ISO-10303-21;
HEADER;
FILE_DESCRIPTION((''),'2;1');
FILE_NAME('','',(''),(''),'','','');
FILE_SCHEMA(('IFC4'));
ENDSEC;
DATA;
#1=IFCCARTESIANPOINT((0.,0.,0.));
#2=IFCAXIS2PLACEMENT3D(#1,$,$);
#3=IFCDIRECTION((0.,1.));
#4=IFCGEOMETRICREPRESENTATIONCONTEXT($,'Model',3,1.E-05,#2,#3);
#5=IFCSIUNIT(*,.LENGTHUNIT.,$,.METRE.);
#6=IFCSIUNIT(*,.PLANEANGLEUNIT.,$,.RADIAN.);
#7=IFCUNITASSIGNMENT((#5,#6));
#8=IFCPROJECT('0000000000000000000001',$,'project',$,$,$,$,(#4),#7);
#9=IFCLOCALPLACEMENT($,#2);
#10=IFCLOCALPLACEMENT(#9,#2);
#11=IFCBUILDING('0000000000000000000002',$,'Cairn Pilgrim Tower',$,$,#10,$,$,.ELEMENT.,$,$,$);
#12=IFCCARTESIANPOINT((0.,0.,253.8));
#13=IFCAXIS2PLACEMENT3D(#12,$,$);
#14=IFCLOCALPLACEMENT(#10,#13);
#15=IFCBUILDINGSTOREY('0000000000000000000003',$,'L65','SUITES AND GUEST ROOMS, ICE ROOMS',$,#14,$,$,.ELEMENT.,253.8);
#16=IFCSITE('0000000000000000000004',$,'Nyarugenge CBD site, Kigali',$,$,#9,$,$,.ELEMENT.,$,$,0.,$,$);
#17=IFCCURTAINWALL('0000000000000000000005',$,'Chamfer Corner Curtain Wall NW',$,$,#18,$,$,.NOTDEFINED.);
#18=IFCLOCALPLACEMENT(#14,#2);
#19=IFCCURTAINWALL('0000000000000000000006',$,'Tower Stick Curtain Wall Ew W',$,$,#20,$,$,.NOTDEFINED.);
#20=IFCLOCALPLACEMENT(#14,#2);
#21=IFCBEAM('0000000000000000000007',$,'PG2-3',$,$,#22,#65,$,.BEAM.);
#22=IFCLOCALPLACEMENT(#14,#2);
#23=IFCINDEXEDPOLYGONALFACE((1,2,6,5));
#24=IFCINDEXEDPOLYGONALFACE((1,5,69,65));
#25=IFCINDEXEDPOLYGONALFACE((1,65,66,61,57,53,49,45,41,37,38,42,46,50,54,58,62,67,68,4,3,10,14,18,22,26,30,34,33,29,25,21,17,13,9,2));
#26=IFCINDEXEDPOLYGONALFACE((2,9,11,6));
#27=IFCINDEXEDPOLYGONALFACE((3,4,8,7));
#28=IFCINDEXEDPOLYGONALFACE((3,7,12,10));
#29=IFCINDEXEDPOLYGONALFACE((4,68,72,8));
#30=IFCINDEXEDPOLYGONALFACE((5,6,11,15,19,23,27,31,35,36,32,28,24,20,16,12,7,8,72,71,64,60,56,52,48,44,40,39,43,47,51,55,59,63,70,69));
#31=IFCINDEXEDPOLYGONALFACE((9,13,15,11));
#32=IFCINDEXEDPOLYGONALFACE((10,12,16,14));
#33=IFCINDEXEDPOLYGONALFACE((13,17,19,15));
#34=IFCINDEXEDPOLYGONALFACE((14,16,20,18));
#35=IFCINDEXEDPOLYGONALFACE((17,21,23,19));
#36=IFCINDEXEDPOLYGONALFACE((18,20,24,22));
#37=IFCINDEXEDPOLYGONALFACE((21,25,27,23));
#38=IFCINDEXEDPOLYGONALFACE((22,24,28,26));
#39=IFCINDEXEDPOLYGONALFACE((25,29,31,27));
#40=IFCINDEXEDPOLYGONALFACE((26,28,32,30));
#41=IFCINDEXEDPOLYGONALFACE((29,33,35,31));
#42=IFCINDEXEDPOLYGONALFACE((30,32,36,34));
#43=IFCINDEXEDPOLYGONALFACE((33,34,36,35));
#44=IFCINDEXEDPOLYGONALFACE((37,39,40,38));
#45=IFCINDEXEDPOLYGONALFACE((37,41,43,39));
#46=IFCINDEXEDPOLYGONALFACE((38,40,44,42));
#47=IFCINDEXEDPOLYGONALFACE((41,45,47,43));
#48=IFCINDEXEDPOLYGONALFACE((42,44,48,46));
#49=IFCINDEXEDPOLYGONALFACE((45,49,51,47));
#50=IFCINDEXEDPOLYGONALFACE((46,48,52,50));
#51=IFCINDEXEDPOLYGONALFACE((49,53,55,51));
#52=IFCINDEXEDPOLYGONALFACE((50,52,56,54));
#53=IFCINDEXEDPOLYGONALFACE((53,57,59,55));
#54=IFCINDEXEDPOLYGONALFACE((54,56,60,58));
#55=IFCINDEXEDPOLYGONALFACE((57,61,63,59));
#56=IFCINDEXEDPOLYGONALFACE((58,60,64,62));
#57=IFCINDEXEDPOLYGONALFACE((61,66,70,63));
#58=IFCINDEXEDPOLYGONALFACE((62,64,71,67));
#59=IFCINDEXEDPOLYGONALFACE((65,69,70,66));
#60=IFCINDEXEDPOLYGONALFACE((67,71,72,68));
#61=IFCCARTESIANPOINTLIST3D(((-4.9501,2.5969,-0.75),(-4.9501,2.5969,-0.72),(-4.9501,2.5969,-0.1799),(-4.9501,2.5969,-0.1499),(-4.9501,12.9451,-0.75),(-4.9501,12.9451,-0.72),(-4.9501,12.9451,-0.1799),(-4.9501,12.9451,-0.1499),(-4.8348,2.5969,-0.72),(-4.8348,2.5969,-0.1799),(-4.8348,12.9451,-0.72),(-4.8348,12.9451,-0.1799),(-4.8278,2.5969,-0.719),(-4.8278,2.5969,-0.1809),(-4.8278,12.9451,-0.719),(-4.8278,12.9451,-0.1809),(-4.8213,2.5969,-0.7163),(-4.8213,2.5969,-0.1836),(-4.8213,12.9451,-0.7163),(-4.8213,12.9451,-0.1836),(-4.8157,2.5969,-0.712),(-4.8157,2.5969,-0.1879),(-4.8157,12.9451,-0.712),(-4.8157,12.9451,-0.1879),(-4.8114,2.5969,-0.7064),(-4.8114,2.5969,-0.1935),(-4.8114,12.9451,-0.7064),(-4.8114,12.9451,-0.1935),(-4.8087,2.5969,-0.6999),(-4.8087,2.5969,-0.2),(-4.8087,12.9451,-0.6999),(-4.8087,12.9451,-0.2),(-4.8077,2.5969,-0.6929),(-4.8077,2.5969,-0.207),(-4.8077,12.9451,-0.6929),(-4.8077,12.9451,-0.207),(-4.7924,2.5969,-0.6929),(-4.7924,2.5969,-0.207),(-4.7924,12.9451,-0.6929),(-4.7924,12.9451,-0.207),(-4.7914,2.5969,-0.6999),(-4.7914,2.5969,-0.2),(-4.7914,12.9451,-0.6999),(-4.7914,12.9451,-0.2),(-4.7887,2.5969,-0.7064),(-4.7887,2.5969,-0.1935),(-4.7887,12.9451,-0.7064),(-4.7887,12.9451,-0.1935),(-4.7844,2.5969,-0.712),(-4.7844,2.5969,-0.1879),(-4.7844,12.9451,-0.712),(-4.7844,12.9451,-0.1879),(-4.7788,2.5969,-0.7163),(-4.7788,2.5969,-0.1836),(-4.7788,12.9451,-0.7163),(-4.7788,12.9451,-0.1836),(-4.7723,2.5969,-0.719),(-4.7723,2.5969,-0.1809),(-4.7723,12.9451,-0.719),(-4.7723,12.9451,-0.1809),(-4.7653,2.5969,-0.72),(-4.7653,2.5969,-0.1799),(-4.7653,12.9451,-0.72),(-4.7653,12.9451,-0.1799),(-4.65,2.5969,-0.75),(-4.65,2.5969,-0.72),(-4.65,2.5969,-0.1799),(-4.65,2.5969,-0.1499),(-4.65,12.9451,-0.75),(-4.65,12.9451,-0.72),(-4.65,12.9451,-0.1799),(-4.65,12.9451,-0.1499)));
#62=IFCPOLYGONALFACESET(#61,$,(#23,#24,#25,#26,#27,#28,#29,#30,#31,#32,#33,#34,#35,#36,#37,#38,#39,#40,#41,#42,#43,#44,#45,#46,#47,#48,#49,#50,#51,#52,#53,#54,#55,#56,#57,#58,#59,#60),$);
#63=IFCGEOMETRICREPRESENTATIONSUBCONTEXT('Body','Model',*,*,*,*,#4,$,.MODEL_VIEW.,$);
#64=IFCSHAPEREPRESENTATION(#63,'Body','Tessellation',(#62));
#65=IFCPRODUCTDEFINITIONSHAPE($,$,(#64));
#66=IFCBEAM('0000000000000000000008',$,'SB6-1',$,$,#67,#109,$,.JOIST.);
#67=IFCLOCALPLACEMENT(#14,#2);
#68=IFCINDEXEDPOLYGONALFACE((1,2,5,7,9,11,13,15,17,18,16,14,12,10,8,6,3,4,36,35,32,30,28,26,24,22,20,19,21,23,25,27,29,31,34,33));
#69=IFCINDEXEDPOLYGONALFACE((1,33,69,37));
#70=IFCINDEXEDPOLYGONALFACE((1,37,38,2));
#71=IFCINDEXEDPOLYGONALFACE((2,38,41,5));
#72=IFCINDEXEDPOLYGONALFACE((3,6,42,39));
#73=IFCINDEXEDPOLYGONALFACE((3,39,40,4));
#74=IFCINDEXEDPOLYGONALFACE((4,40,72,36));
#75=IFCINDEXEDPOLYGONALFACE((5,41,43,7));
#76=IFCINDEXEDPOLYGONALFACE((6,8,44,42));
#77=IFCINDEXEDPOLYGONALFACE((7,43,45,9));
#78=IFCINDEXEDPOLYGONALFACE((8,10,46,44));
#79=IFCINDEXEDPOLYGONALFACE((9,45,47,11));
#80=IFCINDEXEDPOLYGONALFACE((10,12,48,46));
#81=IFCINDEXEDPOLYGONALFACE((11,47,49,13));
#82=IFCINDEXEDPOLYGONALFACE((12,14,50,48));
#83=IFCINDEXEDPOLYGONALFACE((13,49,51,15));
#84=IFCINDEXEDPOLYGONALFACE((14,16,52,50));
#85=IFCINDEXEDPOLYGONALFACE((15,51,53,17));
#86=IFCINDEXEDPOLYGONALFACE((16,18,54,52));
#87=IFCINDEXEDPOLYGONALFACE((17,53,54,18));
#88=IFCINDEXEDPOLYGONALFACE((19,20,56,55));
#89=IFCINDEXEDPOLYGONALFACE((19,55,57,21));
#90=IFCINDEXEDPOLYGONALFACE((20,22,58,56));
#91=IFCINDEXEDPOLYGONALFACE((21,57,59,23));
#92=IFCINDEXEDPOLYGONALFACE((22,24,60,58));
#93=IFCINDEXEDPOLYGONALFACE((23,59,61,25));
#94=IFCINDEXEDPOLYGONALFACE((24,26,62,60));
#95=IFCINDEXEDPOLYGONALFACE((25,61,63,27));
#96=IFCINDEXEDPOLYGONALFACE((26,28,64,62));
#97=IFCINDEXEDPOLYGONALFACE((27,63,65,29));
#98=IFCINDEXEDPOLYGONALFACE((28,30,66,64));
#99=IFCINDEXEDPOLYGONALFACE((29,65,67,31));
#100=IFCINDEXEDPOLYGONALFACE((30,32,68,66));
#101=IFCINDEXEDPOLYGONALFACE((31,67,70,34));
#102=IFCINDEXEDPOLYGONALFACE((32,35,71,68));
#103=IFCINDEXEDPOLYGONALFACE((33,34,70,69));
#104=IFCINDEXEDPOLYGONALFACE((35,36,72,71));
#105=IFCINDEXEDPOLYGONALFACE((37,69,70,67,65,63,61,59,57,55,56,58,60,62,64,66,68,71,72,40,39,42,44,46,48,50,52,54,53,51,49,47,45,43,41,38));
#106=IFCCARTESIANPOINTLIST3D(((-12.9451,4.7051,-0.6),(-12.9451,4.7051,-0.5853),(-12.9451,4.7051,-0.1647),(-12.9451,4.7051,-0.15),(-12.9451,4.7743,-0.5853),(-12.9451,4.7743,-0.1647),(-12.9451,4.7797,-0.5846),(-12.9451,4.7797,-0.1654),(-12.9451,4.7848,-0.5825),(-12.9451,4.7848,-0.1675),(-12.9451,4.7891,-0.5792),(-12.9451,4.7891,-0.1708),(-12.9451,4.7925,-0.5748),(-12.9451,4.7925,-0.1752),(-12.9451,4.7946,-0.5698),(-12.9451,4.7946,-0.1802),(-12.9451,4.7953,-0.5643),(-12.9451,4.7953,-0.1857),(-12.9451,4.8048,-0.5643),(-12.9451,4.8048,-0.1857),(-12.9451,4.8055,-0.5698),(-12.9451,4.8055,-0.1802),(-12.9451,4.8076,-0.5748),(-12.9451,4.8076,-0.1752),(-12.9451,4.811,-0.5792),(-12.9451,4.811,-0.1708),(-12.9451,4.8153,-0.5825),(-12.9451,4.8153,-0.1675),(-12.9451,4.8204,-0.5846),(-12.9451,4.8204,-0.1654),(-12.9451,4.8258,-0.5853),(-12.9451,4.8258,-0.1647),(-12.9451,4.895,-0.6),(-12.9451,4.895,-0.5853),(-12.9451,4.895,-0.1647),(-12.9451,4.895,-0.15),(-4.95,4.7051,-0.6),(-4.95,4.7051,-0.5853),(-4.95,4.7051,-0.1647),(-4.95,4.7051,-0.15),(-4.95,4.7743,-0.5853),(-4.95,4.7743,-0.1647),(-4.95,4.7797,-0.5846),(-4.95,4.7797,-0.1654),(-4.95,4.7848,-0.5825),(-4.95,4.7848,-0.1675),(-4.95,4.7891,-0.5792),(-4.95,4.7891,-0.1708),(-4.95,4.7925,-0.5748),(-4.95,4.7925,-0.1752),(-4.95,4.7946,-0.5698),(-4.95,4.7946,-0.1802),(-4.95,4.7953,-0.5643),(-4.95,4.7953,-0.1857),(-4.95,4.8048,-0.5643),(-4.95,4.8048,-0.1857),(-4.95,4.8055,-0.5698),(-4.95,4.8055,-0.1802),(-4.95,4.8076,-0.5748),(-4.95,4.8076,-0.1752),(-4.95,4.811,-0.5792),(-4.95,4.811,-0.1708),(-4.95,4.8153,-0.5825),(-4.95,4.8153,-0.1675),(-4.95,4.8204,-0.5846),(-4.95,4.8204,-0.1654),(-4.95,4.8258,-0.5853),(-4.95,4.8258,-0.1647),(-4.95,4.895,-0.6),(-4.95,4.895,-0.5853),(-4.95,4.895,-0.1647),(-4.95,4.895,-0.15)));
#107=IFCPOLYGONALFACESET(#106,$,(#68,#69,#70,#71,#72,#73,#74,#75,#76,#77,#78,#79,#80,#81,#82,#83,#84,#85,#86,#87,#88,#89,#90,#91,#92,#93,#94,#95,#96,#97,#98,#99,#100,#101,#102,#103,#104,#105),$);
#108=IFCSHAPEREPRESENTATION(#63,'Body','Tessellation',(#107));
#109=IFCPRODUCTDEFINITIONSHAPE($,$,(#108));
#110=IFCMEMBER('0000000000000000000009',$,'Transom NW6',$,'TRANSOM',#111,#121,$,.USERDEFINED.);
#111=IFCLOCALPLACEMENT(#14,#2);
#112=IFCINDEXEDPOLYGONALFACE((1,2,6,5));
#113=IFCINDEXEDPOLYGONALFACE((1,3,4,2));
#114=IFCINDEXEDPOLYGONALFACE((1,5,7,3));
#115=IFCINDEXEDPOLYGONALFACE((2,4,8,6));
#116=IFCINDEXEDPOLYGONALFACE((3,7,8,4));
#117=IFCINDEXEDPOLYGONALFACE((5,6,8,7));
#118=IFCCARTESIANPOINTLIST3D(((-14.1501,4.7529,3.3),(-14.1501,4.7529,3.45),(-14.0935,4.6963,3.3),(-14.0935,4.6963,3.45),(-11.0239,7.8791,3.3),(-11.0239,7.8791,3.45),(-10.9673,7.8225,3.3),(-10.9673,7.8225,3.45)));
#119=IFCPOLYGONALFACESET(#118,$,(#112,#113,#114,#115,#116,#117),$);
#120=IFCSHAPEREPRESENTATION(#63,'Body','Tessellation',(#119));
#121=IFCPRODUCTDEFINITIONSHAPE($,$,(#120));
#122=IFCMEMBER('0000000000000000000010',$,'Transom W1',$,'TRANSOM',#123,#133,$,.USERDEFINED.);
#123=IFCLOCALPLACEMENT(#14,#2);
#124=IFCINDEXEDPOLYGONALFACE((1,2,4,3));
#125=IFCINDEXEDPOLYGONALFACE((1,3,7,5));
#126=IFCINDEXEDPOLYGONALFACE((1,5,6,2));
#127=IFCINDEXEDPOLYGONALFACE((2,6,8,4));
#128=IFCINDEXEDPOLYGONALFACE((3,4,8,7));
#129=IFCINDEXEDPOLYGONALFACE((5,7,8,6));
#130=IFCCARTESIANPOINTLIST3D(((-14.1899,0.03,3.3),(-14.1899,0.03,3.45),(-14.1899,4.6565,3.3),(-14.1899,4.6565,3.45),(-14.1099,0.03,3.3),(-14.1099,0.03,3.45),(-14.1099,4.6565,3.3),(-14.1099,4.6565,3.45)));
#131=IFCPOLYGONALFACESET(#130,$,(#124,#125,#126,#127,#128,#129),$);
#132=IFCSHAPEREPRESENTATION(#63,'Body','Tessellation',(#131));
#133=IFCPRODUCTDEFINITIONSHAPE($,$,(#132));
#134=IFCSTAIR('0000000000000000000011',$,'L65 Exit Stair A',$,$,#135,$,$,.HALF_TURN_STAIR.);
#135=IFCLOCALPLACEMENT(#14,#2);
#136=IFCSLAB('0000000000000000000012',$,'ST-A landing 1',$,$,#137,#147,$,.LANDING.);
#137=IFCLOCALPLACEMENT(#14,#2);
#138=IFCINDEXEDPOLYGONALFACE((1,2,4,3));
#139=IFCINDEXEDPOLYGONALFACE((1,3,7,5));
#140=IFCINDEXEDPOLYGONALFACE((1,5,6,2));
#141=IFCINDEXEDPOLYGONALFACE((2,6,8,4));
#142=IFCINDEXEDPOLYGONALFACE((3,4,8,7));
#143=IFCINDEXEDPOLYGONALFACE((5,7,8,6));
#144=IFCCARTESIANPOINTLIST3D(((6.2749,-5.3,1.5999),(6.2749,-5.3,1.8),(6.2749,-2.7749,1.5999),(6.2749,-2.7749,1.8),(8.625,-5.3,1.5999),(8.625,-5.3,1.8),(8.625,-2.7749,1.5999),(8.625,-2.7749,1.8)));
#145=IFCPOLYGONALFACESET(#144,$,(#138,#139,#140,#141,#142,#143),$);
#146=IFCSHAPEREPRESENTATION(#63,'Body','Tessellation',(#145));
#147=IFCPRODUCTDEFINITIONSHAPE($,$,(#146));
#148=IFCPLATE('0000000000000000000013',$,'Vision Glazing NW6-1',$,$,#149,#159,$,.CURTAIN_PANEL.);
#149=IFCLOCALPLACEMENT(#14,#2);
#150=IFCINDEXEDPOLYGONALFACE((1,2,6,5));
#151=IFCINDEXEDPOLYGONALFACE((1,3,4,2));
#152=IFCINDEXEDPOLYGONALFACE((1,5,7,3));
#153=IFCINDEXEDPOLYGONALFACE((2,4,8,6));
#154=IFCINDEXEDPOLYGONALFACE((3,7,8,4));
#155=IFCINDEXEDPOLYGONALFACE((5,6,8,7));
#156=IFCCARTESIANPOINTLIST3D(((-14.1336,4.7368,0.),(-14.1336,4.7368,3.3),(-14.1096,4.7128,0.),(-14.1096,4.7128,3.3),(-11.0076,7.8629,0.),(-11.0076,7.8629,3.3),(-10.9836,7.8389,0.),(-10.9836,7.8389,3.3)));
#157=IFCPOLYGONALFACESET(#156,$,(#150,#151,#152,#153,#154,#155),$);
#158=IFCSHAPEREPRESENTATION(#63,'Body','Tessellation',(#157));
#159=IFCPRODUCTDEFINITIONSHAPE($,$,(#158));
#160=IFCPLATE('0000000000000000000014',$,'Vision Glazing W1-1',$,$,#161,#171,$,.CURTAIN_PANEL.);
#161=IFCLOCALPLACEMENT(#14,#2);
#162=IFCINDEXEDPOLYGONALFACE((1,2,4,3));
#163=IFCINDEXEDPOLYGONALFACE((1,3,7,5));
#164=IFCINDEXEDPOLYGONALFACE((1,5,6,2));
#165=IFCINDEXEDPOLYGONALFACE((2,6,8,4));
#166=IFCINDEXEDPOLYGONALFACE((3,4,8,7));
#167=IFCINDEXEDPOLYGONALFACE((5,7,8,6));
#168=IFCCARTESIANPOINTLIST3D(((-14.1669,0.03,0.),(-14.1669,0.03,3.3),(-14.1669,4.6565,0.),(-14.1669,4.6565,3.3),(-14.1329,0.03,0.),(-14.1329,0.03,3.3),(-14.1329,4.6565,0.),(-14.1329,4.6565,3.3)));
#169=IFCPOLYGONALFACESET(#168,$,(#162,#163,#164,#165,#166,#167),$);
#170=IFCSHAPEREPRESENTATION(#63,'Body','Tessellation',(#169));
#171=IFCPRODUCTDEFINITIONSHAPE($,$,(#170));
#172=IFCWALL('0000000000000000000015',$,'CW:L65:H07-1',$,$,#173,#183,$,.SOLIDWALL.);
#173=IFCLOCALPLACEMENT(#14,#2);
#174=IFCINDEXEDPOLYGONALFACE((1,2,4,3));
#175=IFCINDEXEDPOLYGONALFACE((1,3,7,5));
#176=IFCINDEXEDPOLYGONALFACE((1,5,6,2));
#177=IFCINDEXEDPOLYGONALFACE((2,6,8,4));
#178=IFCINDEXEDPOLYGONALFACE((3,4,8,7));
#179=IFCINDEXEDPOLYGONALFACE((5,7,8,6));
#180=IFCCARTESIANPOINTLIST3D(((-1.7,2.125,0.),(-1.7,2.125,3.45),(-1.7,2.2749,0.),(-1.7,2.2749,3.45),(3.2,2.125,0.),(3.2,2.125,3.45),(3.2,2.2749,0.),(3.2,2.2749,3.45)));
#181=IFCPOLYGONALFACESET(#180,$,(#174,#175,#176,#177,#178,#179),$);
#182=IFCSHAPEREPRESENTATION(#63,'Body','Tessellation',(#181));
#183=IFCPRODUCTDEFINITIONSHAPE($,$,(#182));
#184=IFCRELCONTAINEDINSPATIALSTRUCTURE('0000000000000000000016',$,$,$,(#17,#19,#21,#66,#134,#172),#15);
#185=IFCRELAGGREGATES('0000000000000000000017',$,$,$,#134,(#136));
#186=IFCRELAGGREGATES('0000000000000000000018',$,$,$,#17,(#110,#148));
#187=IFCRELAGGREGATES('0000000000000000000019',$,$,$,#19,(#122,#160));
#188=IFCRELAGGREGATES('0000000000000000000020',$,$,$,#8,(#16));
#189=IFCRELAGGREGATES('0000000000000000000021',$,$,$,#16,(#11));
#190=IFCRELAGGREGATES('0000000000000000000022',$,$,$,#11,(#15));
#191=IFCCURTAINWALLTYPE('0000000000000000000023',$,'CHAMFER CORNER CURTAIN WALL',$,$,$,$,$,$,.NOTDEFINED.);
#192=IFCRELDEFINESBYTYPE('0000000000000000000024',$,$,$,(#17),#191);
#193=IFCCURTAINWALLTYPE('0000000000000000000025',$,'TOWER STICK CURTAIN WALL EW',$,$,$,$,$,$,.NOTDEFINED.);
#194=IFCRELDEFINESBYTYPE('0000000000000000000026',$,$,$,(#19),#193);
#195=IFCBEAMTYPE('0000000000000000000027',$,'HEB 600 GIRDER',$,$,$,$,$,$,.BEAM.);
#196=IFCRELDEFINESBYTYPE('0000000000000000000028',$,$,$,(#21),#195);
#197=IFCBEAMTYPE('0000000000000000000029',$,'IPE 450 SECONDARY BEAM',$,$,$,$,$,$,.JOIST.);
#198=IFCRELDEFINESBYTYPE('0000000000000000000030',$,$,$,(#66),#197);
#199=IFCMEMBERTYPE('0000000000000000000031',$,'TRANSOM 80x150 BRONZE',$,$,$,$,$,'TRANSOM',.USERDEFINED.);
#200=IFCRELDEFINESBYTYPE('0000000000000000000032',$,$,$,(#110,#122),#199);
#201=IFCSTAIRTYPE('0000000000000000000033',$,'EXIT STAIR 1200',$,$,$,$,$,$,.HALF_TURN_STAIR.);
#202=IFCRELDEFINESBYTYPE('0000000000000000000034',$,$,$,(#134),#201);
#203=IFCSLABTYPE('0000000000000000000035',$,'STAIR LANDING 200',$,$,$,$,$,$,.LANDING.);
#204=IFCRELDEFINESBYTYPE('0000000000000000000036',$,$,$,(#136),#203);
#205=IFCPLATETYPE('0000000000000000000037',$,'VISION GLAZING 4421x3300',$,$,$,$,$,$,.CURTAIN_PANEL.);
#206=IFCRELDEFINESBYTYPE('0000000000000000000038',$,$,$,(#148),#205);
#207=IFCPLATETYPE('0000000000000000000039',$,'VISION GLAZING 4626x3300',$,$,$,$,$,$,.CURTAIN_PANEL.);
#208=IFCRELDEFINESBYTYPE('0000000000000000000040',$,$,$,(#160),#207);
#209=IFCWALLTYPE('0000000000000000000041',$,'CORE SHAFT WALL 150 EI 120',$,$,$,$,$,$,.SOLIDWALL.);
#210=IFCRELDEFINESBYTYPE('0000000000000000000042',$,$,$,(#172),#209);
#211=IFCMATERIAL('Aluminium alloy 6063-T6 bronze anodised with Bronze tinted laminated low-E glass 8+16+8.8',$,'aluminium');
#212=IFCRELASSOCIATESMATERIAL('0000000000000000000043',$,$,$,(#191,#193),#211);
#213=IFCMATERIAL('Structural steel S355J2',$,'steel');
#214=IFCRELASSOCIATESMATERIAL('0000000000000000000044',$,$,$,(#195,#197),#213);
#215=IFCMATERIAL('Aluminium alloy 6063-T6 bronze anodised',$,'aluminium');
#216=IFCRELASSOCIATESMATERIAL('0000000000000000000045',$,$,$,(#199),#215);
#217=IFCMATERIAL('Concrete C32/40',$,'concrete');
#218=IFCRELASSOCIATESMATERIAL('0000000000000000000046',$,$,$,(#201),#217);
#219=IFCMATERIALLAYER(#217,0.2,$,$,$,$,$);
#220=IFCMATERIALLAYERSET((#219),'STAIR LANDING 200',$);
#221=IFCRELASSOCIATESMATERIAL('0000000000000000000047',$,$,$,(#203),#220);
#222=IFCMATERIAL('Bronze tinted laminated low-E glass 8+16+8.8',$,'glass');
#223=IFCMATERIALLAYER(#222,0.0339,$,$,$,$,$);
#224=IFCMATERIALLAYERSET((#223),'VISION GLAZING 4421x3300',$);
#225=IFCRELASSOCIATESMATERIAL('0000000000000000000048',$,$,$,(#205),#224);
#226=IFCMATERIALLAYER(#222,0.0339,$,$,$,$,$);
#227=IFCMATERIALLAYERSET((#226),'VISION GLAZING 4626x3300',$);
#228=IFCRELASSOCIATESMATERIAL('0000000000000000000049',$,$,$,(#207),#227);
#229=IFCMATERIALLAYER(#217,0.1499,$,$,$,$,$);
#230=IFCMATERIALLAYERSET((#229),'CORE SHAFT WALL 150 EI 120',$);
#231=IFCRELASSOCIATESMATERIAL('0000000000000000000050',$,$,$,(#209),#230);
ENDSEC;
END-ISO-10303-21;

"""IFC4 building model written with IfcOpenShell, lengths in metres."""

from ifc_helpers import new_model, si_unit, direction, frame, frame_2d, origin, origin_2d, place, context, subcontext, project, spatial, polyline, rectangle, i_section, outline, extrude, material, layer, layer_set, material_profile, profile_set, type_object, element, aggregate, save


model = new_model("IFC4")

# Units and contexts
model_context = context("Model", 3, precision=1e-05, world=origin(), true_north=direction((0.0, 1.0)))
body_context = subcontext(model_context, "Body", "Model", "MODEL_VIEW")
ifc_project = project(units=[si_unit("LENGTHUNIT", "METRE"), si_unit("PLANEANGLEUNIT", "RADIAN")], contexts=[model_context])

# Site, building, storey
site_placement = place(None, origin())
site = spatial("IfcSite", under=ifc_project, at=site_placement, Name="Nyarugenge CBD site, Kigali", CompositionType="ELEMENT", RefElevation=0.0)
building_placement = place(site_placement, origin())
building = spatial("IfcBuilding", under=site, at=building_placement, Name="Cairn Pilgrim Tower", CompositionType="ELEMENT")
storey_placement = place(building_placement, frame((0.0, 0.0, 253.8)))
storey = spatial("IfcBuildingStorey", under=building, at=storey_placement, Name="L65", Description="SUITES AND GUEST ROOMS, ICE ROOMS", CompositionType="ELEMENT", Elevation=253.8)

# Shared definitions
ifc_material_1 = material(Name="Structural steel S355J2", Category="steel")

# Curtain walls
ifc_material_2 = material(Name="Aluminium alloy 6063-T6 bronze anodised with Bronze tinted laminated low-E glass 8+16+8.8", Category="aluminium")
curtain_wall_type_1 = type_object("IfcCurtainWallType", Name="CHAMFER CORNER CURTAIN WALL", PredefinedType="NOTDEFINED", material=ifc_material_2)
curtain_wall_1_placement = place(storey_placement, origin())
curtain_wall_1 = element("IfcCurtainWall", 1, at=curtain_wall_1_placement, inside=storey, type_object=curtain_wall_type_1, Name="Chamfer Corner Curtain Wall NW", PredefinedType="NOTDEFINED")
ifc_material_3 = material(Name="Aluminium alloy 6063-T6 bronze anodised", Category="aluminium")
curtain_wall_type_2 = type_object("IfcCurtainWallType", Name="TOWER STICK CURTAIN WALL EW", PredefinedType="NOTDEFINED", material=ifc_material_2)
curtain_wall_2_placement = place(storey_placement, origin())
curtain_wall_2 = element("IfcCurtainWall", 2, at=curtain_wall_2_placement, inside=storey, type_object=curtain_wall_type_2, Name="Tower Stick Curtain Wall Ew W", PredefinedType="NOTDEFINED")

# Beams
ifc_material_profile_1 = material_profile(ifc_material_1, i_section(OverallWidth=0.3, OverallDepth=0.6001, WebThickness=0.0154, FlangeThickness=0.03, FilletRadius=0.0271, at=origin_2d()), Name="HEB 600")
ifc_profile_set_1 = profile_set([ifc_material_profile_1], Name="Structural steel S355J2")
beam_type_1 = type_object("IfcBeamType", Name="HEB 600 GIRDER", PredefinedType="BEAM", material=ifc_profile_set_1)
beam_1_placement = place(storey_placement, frame((-4.8, 2.5969, -0.45), z_axis=(0.0, 1.0, 0.0), x_axis=(-1.0, 0.0, 0.0)))
element("IfcBeam", 3, at=beam_1_placement, inside=storey, type_object=beam_type_1, Name="PG2-3", PredefinedType="BEAM", context=body_context, shape_type="SweptSolid", body=[
    extrude(i_section(OverallWidth=0.3, OverallDepth=0.6001, WebThickness=0.0154, FlangeThickness=0.03, FilletRadius=0.0271, at=origin_2d()), origin(), (0.0, 0.0, 1.0), 10.3481),
])
ifc_material_profile_2 = material_profile(ifc_material_1, i_section(OverallWidth=0.1899, OverallDepth=0.45, WebThickness=0.0095, FlangeThickness=0.0146, FilletRadius=0.021, at=origin_2d()), Name="IPE 450")
ifc_profile_set_2 = profile_set([ifc_material_profile_2], Name="Structural steel S355J2")
beam_type_2 = type_object("IfcBeamType", Name="IPE 450 SECONDARY BEAM", PredefinedType="JOIST", material=ifc_profile_set_2)
beam_2_placement = place(storey_placement, frame((-12.9451, 4.8, -0.375), z_axis=(1.0, 0.0, 0.0), x_axis=(0.0, 1.0, 0.0)))
element("IfcBeam", 4, at=beam_2_placement, inside=storey, type_object=beam_type_2, Name="SB6-1", PredefinedType="JOIST", context=body_context, shape_type="SweptSolid", body=[
    extrude(i_section(OverallWidth=0.1899, OverallDepth=0.45, WebThickness=0.0095, FlangeThickness=0.0146, FilletRadius=0.021, at=origin_2d()), origin(), (0.0, 0.0, 1.0), 7.9951),
])

# Members
ifc_material_profile_3 = material_profile(ifc_material_3, rectangle(XDim=0.0801, YDim=0.1499, at=origin_2d()), Name="TRANSOM 80x150 BRONZE")
ifc_profile_set_3 = profile_set([ifc_material_profile_3], Name="Aluminium alloy 6063-T6 bronze anodised")
member_type_1 = type_object("IfcMemberType", Name="TRANSOM 80x150 BRONZE", ElementType="TRANSOM", PredefinedType="USERDEFINED", material=ifc_profile_set_3)
member_1_placement = place(storey_placement, frame((-10.9956, 7.8508, 3.375), z_axis=(-0.707107, -0.707107, 0.0), x_axis=(0.707107, -0.707107, 0.0)))
member_1 = element("IfcMember", 5, at=member_1_placement, type_object=member_type_1, Name="Transom NW6", ObjectType="TRANSOM", PredefinedType="USERDEFINED", context=body_context, shape_type="SweptSolid", body=[
    extrude(rectangle(XDim=0.0801, YDim=0.1499, at=origin_2d()), origin(), (0.0, 0.0, 1.0), 4.4211),
])
member_2_placement = place(storey_placement, frame((-14.1499, 4.6565, 3.375), z_axis=(0.0, -1.0, 0.0), x_axis=(1.0, 0.0, 0.0)))
member_2 = element("IfcMember", 6, at=member_2_placement, type_object=member_type_1, Name="Transom W1", ObjectType="TRANSOM", PredefinedType="USERDEFINED", context=body_context, shape_type="SweptSolid", body=[
    extrude(rectangle(XDim=0.0801, YDim=0.1499, at=origin_2d()), origin(), (0.0, 0.0, 1.0), 4.6265),
])

# Stair, slab
ifc_material_4 = material(Name="Concrete C32/40", Category="concrete")
stair_type = type_object("IfcStairType", Name="EXIT STAIR 1200", PredefinedType="HALF_TURN_STAIR", material=ifc_material_4)
stair_placement = place(storey_placement, origin())
stair = element("IfcStair", 7, at=stair_placement, inside=storey, type_object=stair_type, Name="L65 Exit Stair A", PredefinedType="HALF_TURN_STAIR")
ifc_layer_1 = layer(ifc_material_4, 0.2)
ifc_layer_set_1 = layer_set([ifc_layer_1], Name="STAIR LANDING 200")
slab_type_1 = type_object("IfcSlabType", Name="STAIR LANDING 200", PredefinedType="LANDING", material=ifc_layer_set_1)
slab_1_placement = place(storey_placement, frame((0.0, 0.0, 1.5999)))
slab_1 = element("IfcSlab", 8, at=slab_1_placement, type_object=slab_type_1, Name="ST-A landing 1", PredefinedType="LANDING", context=body_context, shape_type="SweptSolid", body=[
    extrude(outline(polyline([(8.625, -2.7749), (6.2749, -2.7749), (6.2749, -5.3), (8.625, -5.3), (8.625, -2.7749)])), origin(), (0.0, 0.0, 1.0), 0.2002),
])
aggregate(stair, [slab_1])

# Plates
ifc_material_5 = material(Name="Bronze tinted laminated low-E glass 8+16+8.8", Category="glass")
ifc_layer_2 = layer(ifc_material_5, 0.0339)
ifc_layer_set_2 = layer_set([ifc_layer_2], Name="VISION GLAZING 4421x3300")
plate_type_1 = type_object("IfcPlateType", Name="VISION GLAZING 4421x3300", PredefinedType="CURTAIN_PANEL", material=ifc_layer_set_2)
plate_1_placement = place(storey_placement, frame((-12.5586, 6.2878, 0.0), z_axis=(0.0, 0.0, 1.0), x_axis=(-0.707107, -0.707107, 0.0)))
plate_1 = element("IfcPlate", 9, at=plate_1_placement, type_object=plate_type_1, Name="Vision Glazing NW6-1", PredefinedType="CURTAIN_PANEL", context=body_context, shape_type="SweptSolid", body=[
    extrude(rectangle(XDim=4.4209, YDim=0.0339, at=origin_2d()), origin(), (0.0, 0.0, 1.0), 3.3),
])
aggregate(curtain_wall_1, [member_1, plate_1])
ifc_layer_3 = layer(ifc_material_5, 0.0339)
ifc_layer_set_3 = layer_set([ifc_layer_3], Name="VISION GLAZING 4626x3300")
plate_type_2 = type_object("IfcPlateType", Name="VISION GLAZING 4626x3300", PredefinedType="CURTAIN_PANEL", material=ifc_layer_set_3)
plate_2_placement = place(storey_placement, frame((-14.1499, 2.3433, 0.0), z_axis=(0.0, 0.0, 1.0), x_axis=(0.0, -1.0, 0.0)))
plate_2 = element("IfcPlate", 10, at=plate_2_placement, type_object=plate_type_2, Name="Vision Glazing W1-1", PredefinedType="CURTAIN_PANEL", context=body_context, shape_type="SweptSolid", body=[
    extrude(rectangle(XDim=4.6265, YDim=0.0339, at=origin_2d()), origin(), (0.0, 0.0, 1.0), 3.3),
])
aggregate(curtain_wall_2, [member_2, plate_2])

# Wall
ifc_layer_4 = layer(ifc_material_4, 0.1499)
ifc_layer_set_4 = layer_set([ifc_layer_4], Name="CORE SHAFT WALL 150 EI 120")
wall_type_1 = type_object("IfcWallType", Name="CORE SHAFT WALL 150 EI 120", PredefinedType="SOLIDWALL", material=ifc_layer_set_4)
wall_1_placement = place(storey_placement, frame((-1.7, 2.2, 0.0), z_axis=(0.0, 0.0, 1.0), x_axis=(1.0, 0.0, 0.0)))
element("IfcWall", 11, at=wall_1_placement, inside=storey, type_object=wall_type_1, Name="CW:L65:H07-1", PredefinedType="SOLIDWALL", context=body_context, shape_type="SweptSolid", body=[
    extrude(rectangle(XDim=4.8999, YDim=0.1499, at=frame_2d((2.45, 0.0))), origin(), (0.0, 0.0, 1.0), 3.45),
])

save(model, "model.ifc")
